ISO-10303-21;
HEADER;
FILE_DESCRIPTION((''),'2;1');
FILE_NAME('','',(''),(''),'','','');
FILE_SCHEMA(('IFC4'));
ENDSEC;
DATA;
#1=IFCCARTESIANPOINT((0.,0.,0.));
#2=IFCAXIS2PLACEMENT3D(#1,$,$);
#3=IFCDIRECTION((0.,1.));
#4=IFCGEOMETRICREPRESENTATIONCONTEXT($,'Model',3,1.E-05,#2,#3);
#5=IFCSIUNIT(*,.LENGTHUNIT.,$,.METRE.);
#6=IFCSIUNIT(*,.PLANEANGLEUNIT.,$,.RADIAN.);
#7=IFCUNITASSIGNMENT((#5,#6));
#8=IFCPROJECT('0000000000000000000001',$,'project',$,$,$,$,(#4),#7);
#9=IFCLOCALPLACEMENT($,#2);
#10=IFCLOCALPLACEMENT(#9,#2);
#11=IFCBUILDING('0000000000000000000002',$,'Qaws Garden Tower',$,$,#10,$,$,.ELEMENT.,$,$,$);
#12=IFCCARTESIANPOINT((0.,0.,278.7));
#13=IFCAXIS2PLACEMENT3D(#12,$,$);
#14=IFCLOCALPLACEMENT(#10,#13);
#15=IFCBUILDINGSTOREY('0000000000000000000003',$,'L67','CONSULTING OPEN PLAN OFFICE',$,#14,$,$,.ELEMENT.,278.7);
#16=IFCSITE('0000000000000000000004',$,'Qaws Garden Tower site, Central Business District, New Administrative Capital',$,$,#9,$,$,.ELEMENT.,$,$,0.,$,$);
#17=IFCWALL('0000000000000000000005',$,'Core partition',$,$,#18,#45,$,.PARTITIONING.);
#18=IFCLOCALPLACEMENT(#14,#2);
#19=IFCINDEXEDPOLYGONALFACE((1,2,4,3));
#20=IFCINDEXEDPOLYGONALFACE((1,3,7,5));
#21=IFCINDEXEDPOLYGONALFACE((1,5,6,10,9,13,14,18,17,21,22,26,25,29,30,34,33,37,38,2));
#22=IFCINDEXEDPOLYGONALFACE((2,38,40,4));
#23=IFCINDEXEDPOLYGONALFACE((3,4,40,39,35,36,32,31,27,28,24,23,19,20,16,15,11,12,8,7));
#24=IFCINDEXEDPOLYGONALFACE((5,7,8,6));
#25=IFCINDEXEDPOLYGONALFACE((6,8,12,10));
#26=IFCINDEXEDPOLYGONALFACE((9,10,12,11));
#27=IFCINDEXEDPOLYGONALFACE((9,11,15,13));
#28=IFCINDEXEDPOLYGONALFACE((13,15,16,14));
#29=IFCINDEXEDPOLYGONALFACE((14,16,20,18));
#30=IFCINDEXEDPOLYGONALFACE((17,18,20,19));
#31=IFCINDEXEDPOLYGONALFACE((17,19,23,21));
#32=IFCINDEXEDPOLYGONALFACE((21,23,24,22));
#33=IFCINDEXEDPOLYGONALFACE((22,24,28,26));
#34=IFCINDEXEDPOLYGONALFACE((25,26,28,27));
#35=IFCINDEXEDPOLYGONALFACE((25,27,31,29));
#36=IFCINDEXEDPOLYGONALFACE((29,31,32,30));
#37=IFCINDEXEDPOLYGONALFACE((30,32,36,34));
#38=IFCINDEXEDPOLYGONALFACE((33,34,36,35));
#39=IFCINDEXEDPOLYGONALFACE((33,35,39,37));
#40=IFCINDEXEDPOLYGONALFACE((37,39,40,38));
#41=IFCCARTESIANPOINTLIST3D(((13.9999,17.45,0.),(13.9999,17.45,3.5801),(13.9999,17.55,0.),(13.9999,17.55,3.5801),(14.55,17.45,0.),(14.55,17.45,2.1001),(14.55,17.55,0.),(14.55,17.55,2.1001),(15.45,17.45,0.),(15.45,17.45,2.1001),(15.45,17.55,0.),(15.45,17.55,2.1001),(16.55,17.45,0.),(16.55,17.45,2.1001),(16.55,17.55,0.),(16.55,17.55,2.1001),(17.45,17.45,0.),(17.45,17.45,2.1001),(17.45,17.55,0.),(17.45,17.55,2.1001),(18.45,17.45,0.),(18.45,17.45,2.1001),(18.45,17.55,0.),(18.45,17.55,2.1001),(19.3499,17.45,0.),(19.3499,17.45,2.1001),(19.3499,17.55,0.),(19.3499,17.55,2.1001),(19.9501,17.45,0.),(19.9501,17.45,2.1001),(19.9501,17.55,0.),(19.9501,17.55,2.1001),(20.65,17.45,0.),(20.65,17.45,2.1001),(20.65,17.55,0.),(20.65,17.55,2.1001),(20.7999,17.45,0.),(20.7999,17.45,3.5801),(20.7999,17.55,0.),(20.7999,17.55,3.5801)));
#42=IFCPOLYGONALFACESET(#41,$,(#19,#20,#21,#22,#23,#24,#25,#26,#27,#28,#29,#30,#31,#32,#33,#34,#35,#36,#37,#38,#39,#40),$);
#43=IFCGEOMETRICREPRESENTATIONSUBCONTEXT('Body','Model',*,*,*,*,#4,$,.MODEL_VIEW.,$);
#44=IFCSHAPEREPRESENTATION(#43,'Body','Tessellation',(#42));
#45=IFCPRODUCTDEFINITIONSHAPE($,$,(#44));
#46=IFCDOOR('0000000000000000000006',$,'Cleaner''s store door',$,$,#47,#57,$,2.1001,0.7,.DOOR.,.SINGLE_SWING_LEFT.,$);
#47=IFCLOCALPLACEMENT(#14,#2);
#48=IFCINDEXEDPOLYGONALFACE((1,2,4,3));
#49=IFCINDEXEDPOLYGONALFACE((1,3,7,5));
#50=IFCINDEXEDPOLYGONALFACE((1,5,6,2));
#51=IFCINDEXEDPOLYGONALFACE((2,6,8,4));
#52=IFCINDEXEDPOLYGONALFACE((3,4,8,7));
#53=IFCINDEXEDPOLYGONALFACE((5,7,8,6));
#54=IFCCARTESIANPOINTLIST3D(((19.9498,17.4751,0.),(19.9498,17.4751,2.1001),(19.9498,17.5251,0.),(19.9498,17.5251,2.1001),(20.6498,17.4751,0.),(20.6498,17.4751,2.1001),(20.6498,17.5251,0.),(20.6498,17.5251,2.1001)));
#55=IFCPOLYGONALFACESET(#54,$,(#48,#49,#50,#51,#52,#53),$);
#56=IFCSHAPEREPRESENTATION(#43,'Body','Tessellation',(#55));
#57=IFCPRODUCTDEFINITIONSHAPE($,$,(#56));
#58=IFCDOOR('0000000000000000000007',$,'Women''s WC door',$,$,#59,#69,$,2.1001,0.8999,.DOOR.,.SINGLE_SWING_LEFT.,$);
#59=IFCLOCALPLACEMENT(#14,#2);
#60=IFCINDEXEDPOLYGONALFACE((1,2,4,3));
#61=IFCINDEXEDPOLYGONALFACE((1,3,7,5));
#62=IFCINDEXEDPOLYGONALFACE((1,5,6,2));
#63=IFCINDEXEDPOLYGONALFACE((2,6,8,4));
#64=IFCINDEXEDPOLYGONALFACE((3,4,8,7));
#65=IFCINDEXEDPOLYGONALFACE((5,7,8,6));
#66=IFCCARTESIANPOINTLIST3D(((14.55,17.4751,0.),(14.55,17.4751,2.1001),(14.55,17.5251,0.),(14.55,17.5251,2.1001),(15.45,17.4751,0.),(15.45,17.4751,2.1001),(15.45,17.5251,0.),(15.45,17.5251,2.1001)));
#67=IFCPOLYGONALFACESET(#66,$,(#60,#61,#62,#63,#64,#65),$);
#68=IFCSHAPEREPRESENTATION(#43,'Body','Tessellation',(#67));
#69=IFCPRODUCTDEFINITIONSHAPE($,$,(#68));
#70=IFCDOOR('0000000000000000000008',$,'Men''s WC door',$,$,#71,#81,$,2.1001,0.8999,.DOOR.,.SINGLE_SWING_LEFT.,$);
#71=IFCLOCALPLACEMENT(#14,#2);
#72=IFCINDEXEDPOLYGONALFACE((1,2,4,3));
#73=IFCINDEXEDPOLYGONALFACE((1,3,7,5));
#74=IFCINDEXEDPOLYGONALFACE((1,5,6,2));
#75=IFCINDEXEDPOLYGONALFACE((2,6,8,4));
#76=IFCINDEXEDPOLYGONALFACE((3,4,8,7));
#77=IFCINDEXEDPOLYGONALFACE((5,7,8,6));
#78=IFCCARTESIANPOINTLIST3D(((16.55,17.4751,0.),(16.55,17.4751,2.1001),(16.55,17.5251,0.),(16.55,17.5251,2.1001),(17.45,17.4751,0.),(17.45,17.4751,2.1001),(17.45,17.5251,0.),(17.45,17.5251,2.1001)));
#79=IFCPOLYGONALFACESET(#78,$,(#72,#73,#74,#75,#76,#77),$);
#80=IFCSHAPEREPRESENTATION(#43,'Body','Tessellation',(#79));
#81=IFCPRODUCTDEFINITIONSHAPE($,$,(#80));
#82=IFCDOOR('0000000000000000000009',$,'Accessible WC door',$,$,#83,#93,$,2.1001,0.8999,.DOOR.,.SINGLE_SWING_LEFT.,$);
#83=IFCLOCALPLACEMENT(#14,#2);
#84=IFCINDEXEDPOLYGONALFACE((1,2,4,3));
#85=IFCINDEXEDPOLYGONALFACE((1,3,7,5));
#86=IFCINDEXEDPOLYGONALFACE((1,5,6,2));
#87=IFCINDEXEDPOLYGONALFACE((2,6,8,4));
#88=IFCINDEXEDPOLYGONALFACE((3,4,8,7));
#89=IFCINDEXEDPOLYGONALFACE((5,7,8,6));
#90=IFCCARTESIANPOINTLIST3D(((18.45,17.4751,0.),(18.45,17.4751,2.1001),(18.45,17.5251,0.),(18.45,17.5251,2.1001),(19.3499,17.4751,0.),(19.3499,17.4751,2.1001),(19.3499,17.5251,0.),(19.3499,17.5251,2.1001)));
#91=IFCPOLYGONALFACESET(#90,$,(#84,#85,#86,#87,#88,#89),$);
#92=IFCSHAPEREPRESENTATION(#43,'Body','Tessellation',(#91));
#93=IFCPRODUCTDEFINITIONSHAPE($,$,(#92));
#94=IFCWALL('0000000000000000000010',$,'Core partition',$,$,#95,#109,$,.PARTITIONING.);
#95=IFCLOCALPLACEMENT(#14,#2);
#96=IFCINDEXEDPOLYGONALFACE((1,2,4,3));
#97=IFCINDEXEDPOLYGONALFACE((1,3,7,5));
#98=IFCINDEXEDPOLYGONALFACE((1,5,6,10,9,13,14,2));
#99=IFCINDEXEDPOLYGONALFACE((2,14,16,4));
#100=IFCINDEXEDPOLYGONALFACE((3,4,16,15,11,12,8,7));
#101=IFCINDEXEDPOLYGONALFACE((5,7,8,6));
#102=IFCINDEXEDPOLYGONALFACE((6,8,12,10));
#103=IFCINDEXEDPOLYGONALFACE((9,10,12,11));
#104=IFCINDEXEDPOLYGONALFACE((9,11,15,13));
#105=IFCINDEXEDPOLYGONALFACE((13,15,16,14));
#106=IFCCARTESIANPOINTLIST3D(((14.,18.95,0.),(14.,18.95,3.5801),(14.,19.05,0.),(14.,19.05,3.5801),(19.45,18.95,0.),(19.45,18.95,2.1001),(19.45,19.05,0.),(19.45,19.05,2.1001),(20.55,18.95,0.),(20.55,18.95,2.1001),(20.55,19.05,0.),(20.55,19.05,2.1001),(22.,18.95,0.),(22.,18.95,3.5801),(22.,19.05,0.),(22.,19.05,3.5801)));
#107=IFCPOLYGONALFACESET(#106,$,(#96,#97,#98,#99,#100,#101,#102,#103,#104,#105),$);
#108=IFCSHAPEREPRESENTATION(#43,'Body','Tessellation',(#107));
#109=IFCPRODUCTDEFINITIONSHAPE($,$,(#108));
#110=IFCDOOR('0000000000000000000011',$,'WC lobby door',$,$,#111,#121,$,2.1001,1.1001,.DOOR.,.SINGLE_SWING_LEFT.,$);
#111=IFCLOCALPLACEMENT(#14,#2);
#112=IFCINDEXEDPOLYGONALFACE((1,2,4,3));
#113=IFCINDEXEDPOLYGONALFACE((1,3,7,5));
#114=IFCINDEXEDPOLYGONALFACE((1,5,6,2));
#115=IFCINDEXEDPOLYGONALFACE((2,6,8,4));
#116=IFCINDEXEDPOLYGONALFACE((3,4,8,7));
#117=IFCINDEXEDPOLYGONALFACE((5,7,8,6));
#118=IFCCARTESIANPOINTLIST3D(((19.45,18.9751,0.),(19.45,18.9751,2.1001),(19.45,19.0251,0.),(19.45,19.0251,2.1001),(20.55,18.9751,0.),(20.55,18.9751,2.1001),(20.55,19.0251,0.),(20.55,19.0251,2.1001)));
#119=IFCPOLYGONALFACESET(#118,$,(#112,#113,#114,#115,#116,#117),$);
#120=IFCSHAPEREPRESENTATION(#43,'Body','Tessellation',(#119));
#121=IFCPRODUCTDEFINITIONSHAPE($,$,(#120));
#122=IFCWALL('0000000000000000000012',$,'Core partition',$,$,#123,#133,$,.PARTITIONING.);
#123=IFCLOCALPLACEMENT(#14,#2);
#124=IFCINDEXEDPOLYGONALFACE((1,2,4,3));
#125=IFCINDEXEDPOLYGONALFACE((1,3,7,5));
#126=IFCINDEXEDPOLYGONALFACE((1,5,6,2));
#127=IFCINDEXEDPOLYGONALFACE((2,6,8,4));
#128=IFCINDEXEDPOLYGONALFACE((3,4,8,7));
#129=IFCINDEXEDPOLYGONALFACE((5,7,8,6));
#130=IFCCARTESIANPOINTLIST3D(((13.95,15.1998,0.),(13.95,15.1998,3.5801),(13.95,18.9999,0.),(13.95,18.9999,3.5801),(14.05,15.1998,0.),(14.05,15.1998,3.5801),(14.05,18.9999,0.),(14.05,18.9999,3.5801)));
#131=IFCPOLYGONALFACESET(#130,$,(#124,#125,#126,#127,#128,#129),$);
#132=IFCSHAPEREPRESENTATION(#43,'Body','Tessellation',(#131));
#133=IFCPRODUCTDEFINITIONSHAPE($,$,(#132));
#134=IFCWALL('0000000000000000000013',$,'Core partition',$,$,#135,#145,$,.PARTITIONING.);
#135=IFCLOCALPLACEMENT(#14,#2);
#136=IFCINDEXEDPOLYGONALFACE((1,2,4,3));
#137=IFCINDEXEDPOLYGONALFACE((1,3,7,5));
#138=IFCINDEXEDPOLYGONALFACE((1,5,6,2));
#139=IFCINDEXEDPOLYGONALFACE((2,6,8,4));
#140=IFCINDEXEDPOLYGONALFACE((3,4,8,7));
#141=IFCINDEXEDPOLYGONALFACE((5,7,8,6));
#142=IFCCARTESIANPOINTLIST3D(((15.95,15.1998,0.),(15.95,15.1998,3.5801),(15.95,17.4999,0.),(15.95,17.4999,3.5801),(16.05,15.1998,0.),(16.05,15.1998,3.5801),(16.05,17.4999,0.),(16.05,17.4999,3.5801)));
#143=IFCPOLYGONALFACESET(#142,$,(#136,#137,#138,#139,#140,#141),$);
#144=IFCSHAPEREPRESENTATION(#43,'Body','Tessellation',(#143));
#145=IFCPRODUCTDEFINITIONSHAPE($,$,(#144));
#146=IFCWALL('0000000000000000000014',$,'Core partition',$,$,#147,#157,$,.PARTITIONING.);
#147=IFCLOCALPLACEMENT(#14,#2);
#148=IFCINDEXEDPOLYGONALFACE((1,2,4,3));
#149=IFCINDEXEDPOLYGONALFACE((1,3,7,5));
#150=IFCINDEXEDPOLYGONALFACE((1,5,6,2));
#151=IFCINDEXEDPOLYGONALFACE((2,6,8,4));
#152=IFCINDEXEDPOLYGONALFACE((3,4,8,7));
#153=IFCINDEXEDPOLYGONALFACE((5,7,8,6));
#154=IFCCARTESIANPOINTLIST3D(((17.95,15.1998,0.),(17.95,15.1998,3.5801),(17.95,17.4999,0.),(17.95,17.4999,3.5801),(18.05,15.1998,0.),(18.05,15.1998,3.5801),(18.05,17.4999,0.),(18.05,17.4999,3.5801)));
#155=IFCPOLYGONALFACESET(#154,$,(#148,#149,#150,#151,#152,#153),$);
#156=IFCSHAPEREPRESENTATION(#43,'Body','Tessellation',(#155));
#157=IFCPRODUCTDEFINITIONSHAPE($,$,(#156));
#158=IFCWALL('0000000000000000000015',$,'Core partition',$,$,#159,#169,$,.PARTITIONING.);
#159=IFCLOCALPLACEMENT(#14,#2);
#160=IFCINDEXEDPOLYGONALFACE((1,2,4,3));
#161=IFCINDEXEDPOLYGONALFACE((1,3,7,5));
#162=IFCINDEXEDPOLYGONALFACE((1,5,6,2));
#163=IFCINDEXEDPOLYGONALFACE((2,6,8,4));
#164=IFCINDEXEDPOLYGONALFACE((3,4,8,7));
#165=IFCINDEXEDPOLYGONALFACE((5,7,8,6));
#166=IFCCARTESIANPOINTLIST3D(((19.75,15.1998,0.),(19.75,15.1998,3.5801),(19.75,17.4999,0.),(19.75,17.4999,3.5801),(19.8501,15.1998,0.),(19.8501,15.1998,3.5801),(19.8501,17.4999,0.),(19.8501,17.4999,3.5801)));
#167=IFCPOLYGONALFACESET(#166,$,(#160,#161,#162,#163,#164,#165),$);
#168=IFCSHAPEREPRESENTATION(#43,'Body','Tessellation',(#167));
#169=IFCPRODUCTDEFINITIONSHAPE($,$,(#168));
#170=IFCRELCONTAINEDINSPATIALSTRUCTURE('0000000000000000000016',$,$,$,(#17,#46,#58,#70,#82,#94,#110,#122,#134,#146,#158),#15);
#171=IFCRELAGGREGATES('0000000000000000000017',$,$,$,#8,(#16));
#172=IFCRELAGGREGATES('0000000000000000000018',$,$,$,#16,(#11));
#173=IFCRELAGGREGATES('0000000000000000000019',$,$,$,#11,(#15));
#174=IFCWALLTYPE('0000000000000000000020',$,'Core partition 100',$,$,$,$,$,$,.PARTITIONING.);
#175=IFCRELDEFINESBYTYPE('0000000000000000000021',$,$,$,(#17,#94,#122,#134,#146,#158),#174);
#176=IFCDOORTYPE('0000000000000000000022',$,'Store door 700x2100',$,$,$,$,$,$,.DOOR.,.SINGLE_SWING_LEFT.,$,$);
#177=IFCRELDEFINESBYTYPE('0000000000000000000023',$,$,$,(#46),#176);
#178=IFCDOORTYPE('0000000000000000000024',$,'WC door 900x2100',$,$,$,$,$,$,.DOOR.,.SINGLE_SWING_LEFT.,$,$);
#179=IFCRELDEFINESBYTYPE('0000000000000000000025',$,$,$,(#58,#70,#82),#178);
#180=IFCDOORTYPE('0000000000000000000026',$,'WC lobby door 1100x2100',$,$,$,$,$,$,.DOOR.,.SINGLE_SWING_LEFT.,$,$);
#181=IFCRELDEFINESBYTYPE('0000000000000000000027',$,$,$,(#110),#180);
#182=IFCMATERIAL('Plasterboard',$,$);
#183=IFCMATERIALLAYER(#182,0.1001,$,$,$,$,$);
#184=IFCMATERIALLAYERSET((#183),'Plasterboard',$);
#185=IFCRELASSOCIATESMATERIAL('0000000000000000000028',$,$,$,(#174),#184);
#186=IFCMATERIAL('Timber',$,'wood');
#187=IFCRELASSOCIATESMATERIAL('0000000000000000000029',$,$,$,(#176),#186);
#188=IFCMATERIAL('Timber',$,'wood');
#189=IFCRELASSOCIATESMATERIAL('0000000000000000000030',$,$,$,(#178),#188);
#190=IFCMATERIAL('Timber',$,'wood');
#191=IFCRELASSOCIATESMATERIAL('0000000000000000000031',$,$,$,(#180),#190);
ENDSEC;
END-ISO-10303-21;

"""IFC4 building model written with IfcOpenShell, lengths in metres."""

from ifc_helpers import new_model, si_unit, direction, frame, frame_2d, origin, place, context, subcontext, project, spatial, rectangle, extrude, material, layer, layer_set, type_object, element, fill, save


model = new_model("IFC4")

# Units and contexts
model_context = context("Model", 3, precision=1e-05, world=origin(), true_north=direction((0.0, 1.0)))
body_context = subcontext(model_context, "Body", "Model", "MODEL_VIEW")
ifc_project = project(units=[si_unit("LENGTHUNIT", "METRE"), si_unit("PLANEANGLEUNIT", "RADIAN")], contexts=[model_context])

# Site, building, storey
site_placement = place(None, origin())
site = spatial("IfcSite", under=ifc_project, at=site_placement, Name="Qaws Garden Tower site, Central Business District, New Administrative Capital", CompositionType="ELEMENT", RefElevation=0.0)
building_placement = place(site_placement, origin())
building = spatial("IfcBuilding", under=site, at=building_placement, Name="Qaws Garden Tower", CompositionType="ELEMENT")
storey_placement = place(building_placement, frame((0.0, 0.0, 278.7)))
storey = spatial("IfcBuildingStorey", under=building, at=storey_placement, Name="L67", Description="CONSULTING OPEN PLAN OFFICE", CompositionType="ELEMENT", Elevation=278.7)

# Wall, openings, doors
ifc_material_1 = material(Name="Plasterboard")
ifc_layer_1 = layer(ifc_material_1, 0.1001)
ifc_layer_set_1 = layer_set([ifc_layer_1], Name="Plasterboard")
wall_type_1 = type_object("IfcWallType", Name="Core partition 100", PredefinedType="PARTITIONING", material=ifc_layer_set_1)
wall_1_placement = place(storey_placement, frame((14.0, 17.5, 0.0), z_axis=(0.0, 0.0, 1.0), x_axis=(1.0, 0.0, 0.0)))
wall_1 = element("IfcWall", 1, at=wall_1_placement, inside=storey, type_object=wall_type_1, Name="Core partition", PredefinedType="PARTITIONING", context=body_context, shape_type="SweptSolid", body=[
    extrude(rectangle(XDim=6.8, YDim=0.1001, at=frame_2d((3.3999, 0.0))), origin(), (0.0, 0.0, 1.0), 3.5801),
])
opening_1_placement = place(wall_1_placement, frame((0.55, 0.0, 0.0)))
opening_1 = element("IfcOpeningElement", 2, at=opening_1_placement, cuts=wall_1, PredefinedType="OPENING", context=body_context, shape_type="SweptSolid", body=[
    extrude(rectangle(XDim=0.8999, YDim=2.1001, at=frame_2d((0.45, 1.05))), frame((0.0, 0.0601, 0.0), z_axis=(0.0, -1.0, 0.0), x_axis=(1.0, 0.0, 0.0)), (0.0, 0.0, 1.0), 0.1201),
])
opening_2_placement = place(wall_1_placement, frame((2.55, 0.0, 0.0)))
opening_2 = element("IfcOpeningElement", 3, at=opening_2_placement, cuts=wall_1, PredefinedType="OPENING", context=body_context, shape_type="SweptSolid", body=[
    extrude(rectangle(XDim=0.8999, YDim=2.1001, at=frame_2d((0.45, 1.05))), frame((0.0, 0.0601, 0.0), z_axis=(0.0, -1.0, 0.0), x_axis=(1.0, 0.0, 0.0)), (0.0, 0.0, 1.0), 0.1201),
])
opening_3_placement = place(wall_1_placement, frame((4.45, 0.0, 0.0)))
opening_3 = element("IfcOpeningElement", 4, at=opening_3_placement, cuts=wall_1, PredefinedType="OPENING", context=body_context, shape_type="SweptSolid", body=[
    extrude(rectangle(XDim=0.8999, YDim=2.1001, at=frame_2d((0.45, 1.05))), frame((0.0, 0.0601, 0.0), z_axis=(0.0, -1.0, 0.0), x_axis=(1.0, 0.0, 0.0)), (0.0, 0.0, 1.0), 0.1201),
])
opening_4_placement = place(wall_1_placement, frame((5.95, 0.0, 0.0)))
opening_4 = element("IfcOpeningElement", 5, at=opening_4_placement, cuts=wall_1, PredefinedType="OPENING", context=body_context, shape_type="SweptSolid", body=[
    extrude(rectangle(XDim=0.7, YDim=2.1001, at=frame_2d((0.3501, 1.05))), frame((0.0, 0.0601, 0.0), z_axis=(0.0, -1.0, 0.0), x_axis=(1.0, 0.0, 0.0)), (0.0, 0.0, 1.0), 0.1201),
])
ifc_material_2 = material(Name="Timber", Category="wood")
door_type_1 = type_object("IfcDoorType", Name="Store door 700x2100", OperationType="SINGLE_SWING_LEFT", PredefinedType="DOOR", material=ifc_material_2)
door_1_placement = place(opening_4_placement, frame((0.7, 0.0, 0.0), z_axis=(0.0, 0.0, 1.0), x_axis=(-1.0, 0.0, 0.0)))
door_1 = element("IfcDoor", 6, at=door_1_placement, inside=storey, type_object=door_type_1, Name="Cleaner's store door", OperationType="SINGLE_SWING_LEFT", OverallHeight=2.1001, OverallWidth=0.7, PredefinedType="DOOR", context=body_context, shape_type="SweptSolid", body=[
    extrude(rectangle(XDim=0.7, YDim=2.1001, at=frame_2d((0.3501, 1.05))), frame((0.0, 0.0249, 0.0), z_axis=(0.0, -1.0, 0.0), x_axis=(1.0, 0.0, 0.0)), (0.0, 0.0, 1.0), 0.05),
])
fill(opening_4, door_1)
ifc_material_3 = material(Name="Timber", Category="wood")
door_type_2 = type_object("IfcDoorType", Name="WC door 900x2100", OperationType="SINGLE_SWING_LEFT", PredefinedType="DOOR", material=ifc_material_3)
door_2_placement = place(opening_1_placement, frame((0.8999, 0.0, 0.0), z_axis=(0.0, 0.0, 1.0), x_axis=(-1.0, 0.0, 0.0)))
door_2 = element("IfcDoor", 7, at=door_2_placement, inside=storey, type_object=door_type_2, Name="Women's WC door", OperationType="SINGLE_SWING_LEFT", OverallHeight=2.1001, OverallWidth=0.8999, PredefinedType="DOOR", context=body_context, shape_type="SweptSolid", body=[
    extrude(rectangle(XDim=0.8999, YDim=2.1001, at=frame_2d((0.45, 1.05))), frame((0.0, 0.0249, 0.0), z_axis=(0.0, -1.0, 0.0), x_axis=(1.0, 0.0, 0.0)), (0.0, 0.0, 1.0), 0.05),
])
fill(opening_1, door_2)
door_3_placement = place(opening_2_placement, frame((0.8999, 0.0, 0.0), z_axis=(0.0, 0.0, 1.0), x_axis=(-1.0, 0.0, 0.0)))
door_3 = element("IfcDoor", 8, at=door_3_placement, inside=storey, type_object=door_type_2, Name="Men's WC door", OperationType="SINGLE_SWING_LEFT", OverallHeight=2.1001, OverallWidth=0.8999, PredefinedType="DOOR", context=body_context, shape_type="SweptSolid", body=[
    extrude(rectangle(XDim=0.8999, YDim=2.1001, at=frame_2d((0.45, 1.05))), frame((0.0, 0.0249, 0.0), z_axis=(0.0, -1.0, 0.0), x_axis=(1.0, 0.0, 0.0)), (0.0, 0.0, 1.0), 0.05),
])
fill(opening_2, door_3)
door_4_placement = place(opening_3_placement, frame((0.8999, 0.0, 0.0), z_axis=(0.0, 0.0, 1.0), x_axis=(-1.0, 0.0, 0.0)))
door_4 = element("IfcDoor", 9, at=door_4_placement, inside=storey, type_object=door_type_2, Name="Accessible WC door", OperationType="SINGLE_SWING_LEFT", OverallHeight=2.1001, OverallWidth=0.8999, PredefinedType="DOOR", context=body_context, shape_type="SweptSolid", body=[
    extrude(rectangle(XDim=0.8999, YDim=2.1001, at=frame_2d((0.45, 1.05))), frame((0.0, 0.0249, 0.0), z_axis=(0.0, -1.0, 0.0), x_axis=(1.0, 0.0, 0.0)), (0.0, 0.0, 1.0), 0.05),
])
fill(opening_3, door_4)

# Wall, opening, door
wall_2_placement = place(storey_placement, frame((14.0, 19.0, 0.0), z_axis=(0.0, 0.0, 1.0), x_axis=(1.0, 0.0, 0.0)))
wall_2 = element("IfcWall", 10, at=wall_2_placement, inside=storey, type_object=wall_type_1, Name="Core partition", PredefinedType="PARTITIONING", context=body_context, shape_type="SweptSolid", body=[
    extrude(rectangle(XDim=8.0, YDim=0.1001, at=frame_2d((4.0, 0.0))), origin(), (0.0, 0.0, 1.0), 3.5801),
])
opening_5_placement = place(wall_2_placement, frame((5.45, 0.0, 0.0)))
opening_5 = element("IfcOpeningElement", 11, at=opening_5_placement, cuts=wall_2, PredefinedType="OPENING", context=body_context, shape_type="SweptSolid", body=[
    extrude(rectangle(XDim=1.1001, YDim=2.1001, at=frame_2d((0.55, 1.05))), frame((0.0, 0.0601, 0.0), z_axis=(0.0, -1.0, 0.0), x_axis=(1.0, 0.0, 0.0)), (0.0, 0.0, 1.0), 0.1201),
])
ifc_material_4 = material(Name="Timber", Category="wood")
door_type_3 = type_object("IfcDoorType", Name="WC lobby door 1100x2100", OperationType="SINGLE_SWING_LEFT", PredefinedType="DOOR", material=ifc_material_4)
door_5_placement = place(opening_5_placement, frame((1.1001, 0.0, 0.0), z_axis=(0.0, 0.0, 1.0), x_axis=(-1.0, 0.0, 0.0)))
door_5 = element("IfcDoor", 12, at=door_5_placement, inside=storey, type_object=door_type_3, Name="WC lobby door", OperationType="SINGLE_SWING_LEFT", OverallHeight=2.1001, OverallWidth=1.1001, PredefinedType="DOOR", context=body_context, shape_type="SweptSolid", body=[
    extrude(rectangle(XDim=1.1001, YDim=2.1001, at=frame_2d((0.55, 1.05))), frame((0.0, 0.0249, 0.0), z_axis=(0.0, -1.0, 0.0), x_axis=(1.0, 0.0, 0.0)), (0.0, 0.0, 1.0), 0.05),
])
fill(opening_5, door_5)

# Walls
wall_3_placement = place(storey_placement, frame((14.0, 15.2, 0.0), z_axis=(0.0, 0.0, 1.0), x_axis=(0.0, 1.0, 0.0)))
element("IfcWall", 13, at=wall_3_placement, inside=storey, type_object=wall_type_1, Name="Core partition", PredefinedType="PARTITIONING", context=body_context, shape_type="SweptSolid", body=[
    extrude(rectangle(XDim=3.8, YDim=0.1001, at=frame_2d((1.8999, 0.0))), origin(), (0.0, 0.0, 1.0), 3.5801),
])
for number, where, z_axis, x_axis, name in (
    (14, (16.0, 15.2, 0.0), (0.0, 0.0, 1.0), (0.0, 1.0, 0.0), "Core partition"),
    (15, (18.0, 15.2, 0.0), (0.0, 0.0, 1.0), (0.0, 1.0, 0.0), "Core partition"),
    (16, (19.8, 15.2, 0.0), (0.0, 0.0, 1.0), (0.0, 1.0, 0.0), "Core partition"),
):
    element("IfcWall", number, at=place(storey_placement, frame(where, z_axis=z_axis, x_axis=x_axis)), inside=storey, type_object=wall_type_1, Name=name, PredefinedType="PARTITIONING", context=body_context, shape_type="SweptSolid", body=[
        extrude(rectangle(XDim=2.3, YDim=0.1001, at=frame_2d((1.1499, 0.0))), origin(), (0.0, 0.0, 1.0), 3.5801),
    ])

save(model, "model.ifc")
